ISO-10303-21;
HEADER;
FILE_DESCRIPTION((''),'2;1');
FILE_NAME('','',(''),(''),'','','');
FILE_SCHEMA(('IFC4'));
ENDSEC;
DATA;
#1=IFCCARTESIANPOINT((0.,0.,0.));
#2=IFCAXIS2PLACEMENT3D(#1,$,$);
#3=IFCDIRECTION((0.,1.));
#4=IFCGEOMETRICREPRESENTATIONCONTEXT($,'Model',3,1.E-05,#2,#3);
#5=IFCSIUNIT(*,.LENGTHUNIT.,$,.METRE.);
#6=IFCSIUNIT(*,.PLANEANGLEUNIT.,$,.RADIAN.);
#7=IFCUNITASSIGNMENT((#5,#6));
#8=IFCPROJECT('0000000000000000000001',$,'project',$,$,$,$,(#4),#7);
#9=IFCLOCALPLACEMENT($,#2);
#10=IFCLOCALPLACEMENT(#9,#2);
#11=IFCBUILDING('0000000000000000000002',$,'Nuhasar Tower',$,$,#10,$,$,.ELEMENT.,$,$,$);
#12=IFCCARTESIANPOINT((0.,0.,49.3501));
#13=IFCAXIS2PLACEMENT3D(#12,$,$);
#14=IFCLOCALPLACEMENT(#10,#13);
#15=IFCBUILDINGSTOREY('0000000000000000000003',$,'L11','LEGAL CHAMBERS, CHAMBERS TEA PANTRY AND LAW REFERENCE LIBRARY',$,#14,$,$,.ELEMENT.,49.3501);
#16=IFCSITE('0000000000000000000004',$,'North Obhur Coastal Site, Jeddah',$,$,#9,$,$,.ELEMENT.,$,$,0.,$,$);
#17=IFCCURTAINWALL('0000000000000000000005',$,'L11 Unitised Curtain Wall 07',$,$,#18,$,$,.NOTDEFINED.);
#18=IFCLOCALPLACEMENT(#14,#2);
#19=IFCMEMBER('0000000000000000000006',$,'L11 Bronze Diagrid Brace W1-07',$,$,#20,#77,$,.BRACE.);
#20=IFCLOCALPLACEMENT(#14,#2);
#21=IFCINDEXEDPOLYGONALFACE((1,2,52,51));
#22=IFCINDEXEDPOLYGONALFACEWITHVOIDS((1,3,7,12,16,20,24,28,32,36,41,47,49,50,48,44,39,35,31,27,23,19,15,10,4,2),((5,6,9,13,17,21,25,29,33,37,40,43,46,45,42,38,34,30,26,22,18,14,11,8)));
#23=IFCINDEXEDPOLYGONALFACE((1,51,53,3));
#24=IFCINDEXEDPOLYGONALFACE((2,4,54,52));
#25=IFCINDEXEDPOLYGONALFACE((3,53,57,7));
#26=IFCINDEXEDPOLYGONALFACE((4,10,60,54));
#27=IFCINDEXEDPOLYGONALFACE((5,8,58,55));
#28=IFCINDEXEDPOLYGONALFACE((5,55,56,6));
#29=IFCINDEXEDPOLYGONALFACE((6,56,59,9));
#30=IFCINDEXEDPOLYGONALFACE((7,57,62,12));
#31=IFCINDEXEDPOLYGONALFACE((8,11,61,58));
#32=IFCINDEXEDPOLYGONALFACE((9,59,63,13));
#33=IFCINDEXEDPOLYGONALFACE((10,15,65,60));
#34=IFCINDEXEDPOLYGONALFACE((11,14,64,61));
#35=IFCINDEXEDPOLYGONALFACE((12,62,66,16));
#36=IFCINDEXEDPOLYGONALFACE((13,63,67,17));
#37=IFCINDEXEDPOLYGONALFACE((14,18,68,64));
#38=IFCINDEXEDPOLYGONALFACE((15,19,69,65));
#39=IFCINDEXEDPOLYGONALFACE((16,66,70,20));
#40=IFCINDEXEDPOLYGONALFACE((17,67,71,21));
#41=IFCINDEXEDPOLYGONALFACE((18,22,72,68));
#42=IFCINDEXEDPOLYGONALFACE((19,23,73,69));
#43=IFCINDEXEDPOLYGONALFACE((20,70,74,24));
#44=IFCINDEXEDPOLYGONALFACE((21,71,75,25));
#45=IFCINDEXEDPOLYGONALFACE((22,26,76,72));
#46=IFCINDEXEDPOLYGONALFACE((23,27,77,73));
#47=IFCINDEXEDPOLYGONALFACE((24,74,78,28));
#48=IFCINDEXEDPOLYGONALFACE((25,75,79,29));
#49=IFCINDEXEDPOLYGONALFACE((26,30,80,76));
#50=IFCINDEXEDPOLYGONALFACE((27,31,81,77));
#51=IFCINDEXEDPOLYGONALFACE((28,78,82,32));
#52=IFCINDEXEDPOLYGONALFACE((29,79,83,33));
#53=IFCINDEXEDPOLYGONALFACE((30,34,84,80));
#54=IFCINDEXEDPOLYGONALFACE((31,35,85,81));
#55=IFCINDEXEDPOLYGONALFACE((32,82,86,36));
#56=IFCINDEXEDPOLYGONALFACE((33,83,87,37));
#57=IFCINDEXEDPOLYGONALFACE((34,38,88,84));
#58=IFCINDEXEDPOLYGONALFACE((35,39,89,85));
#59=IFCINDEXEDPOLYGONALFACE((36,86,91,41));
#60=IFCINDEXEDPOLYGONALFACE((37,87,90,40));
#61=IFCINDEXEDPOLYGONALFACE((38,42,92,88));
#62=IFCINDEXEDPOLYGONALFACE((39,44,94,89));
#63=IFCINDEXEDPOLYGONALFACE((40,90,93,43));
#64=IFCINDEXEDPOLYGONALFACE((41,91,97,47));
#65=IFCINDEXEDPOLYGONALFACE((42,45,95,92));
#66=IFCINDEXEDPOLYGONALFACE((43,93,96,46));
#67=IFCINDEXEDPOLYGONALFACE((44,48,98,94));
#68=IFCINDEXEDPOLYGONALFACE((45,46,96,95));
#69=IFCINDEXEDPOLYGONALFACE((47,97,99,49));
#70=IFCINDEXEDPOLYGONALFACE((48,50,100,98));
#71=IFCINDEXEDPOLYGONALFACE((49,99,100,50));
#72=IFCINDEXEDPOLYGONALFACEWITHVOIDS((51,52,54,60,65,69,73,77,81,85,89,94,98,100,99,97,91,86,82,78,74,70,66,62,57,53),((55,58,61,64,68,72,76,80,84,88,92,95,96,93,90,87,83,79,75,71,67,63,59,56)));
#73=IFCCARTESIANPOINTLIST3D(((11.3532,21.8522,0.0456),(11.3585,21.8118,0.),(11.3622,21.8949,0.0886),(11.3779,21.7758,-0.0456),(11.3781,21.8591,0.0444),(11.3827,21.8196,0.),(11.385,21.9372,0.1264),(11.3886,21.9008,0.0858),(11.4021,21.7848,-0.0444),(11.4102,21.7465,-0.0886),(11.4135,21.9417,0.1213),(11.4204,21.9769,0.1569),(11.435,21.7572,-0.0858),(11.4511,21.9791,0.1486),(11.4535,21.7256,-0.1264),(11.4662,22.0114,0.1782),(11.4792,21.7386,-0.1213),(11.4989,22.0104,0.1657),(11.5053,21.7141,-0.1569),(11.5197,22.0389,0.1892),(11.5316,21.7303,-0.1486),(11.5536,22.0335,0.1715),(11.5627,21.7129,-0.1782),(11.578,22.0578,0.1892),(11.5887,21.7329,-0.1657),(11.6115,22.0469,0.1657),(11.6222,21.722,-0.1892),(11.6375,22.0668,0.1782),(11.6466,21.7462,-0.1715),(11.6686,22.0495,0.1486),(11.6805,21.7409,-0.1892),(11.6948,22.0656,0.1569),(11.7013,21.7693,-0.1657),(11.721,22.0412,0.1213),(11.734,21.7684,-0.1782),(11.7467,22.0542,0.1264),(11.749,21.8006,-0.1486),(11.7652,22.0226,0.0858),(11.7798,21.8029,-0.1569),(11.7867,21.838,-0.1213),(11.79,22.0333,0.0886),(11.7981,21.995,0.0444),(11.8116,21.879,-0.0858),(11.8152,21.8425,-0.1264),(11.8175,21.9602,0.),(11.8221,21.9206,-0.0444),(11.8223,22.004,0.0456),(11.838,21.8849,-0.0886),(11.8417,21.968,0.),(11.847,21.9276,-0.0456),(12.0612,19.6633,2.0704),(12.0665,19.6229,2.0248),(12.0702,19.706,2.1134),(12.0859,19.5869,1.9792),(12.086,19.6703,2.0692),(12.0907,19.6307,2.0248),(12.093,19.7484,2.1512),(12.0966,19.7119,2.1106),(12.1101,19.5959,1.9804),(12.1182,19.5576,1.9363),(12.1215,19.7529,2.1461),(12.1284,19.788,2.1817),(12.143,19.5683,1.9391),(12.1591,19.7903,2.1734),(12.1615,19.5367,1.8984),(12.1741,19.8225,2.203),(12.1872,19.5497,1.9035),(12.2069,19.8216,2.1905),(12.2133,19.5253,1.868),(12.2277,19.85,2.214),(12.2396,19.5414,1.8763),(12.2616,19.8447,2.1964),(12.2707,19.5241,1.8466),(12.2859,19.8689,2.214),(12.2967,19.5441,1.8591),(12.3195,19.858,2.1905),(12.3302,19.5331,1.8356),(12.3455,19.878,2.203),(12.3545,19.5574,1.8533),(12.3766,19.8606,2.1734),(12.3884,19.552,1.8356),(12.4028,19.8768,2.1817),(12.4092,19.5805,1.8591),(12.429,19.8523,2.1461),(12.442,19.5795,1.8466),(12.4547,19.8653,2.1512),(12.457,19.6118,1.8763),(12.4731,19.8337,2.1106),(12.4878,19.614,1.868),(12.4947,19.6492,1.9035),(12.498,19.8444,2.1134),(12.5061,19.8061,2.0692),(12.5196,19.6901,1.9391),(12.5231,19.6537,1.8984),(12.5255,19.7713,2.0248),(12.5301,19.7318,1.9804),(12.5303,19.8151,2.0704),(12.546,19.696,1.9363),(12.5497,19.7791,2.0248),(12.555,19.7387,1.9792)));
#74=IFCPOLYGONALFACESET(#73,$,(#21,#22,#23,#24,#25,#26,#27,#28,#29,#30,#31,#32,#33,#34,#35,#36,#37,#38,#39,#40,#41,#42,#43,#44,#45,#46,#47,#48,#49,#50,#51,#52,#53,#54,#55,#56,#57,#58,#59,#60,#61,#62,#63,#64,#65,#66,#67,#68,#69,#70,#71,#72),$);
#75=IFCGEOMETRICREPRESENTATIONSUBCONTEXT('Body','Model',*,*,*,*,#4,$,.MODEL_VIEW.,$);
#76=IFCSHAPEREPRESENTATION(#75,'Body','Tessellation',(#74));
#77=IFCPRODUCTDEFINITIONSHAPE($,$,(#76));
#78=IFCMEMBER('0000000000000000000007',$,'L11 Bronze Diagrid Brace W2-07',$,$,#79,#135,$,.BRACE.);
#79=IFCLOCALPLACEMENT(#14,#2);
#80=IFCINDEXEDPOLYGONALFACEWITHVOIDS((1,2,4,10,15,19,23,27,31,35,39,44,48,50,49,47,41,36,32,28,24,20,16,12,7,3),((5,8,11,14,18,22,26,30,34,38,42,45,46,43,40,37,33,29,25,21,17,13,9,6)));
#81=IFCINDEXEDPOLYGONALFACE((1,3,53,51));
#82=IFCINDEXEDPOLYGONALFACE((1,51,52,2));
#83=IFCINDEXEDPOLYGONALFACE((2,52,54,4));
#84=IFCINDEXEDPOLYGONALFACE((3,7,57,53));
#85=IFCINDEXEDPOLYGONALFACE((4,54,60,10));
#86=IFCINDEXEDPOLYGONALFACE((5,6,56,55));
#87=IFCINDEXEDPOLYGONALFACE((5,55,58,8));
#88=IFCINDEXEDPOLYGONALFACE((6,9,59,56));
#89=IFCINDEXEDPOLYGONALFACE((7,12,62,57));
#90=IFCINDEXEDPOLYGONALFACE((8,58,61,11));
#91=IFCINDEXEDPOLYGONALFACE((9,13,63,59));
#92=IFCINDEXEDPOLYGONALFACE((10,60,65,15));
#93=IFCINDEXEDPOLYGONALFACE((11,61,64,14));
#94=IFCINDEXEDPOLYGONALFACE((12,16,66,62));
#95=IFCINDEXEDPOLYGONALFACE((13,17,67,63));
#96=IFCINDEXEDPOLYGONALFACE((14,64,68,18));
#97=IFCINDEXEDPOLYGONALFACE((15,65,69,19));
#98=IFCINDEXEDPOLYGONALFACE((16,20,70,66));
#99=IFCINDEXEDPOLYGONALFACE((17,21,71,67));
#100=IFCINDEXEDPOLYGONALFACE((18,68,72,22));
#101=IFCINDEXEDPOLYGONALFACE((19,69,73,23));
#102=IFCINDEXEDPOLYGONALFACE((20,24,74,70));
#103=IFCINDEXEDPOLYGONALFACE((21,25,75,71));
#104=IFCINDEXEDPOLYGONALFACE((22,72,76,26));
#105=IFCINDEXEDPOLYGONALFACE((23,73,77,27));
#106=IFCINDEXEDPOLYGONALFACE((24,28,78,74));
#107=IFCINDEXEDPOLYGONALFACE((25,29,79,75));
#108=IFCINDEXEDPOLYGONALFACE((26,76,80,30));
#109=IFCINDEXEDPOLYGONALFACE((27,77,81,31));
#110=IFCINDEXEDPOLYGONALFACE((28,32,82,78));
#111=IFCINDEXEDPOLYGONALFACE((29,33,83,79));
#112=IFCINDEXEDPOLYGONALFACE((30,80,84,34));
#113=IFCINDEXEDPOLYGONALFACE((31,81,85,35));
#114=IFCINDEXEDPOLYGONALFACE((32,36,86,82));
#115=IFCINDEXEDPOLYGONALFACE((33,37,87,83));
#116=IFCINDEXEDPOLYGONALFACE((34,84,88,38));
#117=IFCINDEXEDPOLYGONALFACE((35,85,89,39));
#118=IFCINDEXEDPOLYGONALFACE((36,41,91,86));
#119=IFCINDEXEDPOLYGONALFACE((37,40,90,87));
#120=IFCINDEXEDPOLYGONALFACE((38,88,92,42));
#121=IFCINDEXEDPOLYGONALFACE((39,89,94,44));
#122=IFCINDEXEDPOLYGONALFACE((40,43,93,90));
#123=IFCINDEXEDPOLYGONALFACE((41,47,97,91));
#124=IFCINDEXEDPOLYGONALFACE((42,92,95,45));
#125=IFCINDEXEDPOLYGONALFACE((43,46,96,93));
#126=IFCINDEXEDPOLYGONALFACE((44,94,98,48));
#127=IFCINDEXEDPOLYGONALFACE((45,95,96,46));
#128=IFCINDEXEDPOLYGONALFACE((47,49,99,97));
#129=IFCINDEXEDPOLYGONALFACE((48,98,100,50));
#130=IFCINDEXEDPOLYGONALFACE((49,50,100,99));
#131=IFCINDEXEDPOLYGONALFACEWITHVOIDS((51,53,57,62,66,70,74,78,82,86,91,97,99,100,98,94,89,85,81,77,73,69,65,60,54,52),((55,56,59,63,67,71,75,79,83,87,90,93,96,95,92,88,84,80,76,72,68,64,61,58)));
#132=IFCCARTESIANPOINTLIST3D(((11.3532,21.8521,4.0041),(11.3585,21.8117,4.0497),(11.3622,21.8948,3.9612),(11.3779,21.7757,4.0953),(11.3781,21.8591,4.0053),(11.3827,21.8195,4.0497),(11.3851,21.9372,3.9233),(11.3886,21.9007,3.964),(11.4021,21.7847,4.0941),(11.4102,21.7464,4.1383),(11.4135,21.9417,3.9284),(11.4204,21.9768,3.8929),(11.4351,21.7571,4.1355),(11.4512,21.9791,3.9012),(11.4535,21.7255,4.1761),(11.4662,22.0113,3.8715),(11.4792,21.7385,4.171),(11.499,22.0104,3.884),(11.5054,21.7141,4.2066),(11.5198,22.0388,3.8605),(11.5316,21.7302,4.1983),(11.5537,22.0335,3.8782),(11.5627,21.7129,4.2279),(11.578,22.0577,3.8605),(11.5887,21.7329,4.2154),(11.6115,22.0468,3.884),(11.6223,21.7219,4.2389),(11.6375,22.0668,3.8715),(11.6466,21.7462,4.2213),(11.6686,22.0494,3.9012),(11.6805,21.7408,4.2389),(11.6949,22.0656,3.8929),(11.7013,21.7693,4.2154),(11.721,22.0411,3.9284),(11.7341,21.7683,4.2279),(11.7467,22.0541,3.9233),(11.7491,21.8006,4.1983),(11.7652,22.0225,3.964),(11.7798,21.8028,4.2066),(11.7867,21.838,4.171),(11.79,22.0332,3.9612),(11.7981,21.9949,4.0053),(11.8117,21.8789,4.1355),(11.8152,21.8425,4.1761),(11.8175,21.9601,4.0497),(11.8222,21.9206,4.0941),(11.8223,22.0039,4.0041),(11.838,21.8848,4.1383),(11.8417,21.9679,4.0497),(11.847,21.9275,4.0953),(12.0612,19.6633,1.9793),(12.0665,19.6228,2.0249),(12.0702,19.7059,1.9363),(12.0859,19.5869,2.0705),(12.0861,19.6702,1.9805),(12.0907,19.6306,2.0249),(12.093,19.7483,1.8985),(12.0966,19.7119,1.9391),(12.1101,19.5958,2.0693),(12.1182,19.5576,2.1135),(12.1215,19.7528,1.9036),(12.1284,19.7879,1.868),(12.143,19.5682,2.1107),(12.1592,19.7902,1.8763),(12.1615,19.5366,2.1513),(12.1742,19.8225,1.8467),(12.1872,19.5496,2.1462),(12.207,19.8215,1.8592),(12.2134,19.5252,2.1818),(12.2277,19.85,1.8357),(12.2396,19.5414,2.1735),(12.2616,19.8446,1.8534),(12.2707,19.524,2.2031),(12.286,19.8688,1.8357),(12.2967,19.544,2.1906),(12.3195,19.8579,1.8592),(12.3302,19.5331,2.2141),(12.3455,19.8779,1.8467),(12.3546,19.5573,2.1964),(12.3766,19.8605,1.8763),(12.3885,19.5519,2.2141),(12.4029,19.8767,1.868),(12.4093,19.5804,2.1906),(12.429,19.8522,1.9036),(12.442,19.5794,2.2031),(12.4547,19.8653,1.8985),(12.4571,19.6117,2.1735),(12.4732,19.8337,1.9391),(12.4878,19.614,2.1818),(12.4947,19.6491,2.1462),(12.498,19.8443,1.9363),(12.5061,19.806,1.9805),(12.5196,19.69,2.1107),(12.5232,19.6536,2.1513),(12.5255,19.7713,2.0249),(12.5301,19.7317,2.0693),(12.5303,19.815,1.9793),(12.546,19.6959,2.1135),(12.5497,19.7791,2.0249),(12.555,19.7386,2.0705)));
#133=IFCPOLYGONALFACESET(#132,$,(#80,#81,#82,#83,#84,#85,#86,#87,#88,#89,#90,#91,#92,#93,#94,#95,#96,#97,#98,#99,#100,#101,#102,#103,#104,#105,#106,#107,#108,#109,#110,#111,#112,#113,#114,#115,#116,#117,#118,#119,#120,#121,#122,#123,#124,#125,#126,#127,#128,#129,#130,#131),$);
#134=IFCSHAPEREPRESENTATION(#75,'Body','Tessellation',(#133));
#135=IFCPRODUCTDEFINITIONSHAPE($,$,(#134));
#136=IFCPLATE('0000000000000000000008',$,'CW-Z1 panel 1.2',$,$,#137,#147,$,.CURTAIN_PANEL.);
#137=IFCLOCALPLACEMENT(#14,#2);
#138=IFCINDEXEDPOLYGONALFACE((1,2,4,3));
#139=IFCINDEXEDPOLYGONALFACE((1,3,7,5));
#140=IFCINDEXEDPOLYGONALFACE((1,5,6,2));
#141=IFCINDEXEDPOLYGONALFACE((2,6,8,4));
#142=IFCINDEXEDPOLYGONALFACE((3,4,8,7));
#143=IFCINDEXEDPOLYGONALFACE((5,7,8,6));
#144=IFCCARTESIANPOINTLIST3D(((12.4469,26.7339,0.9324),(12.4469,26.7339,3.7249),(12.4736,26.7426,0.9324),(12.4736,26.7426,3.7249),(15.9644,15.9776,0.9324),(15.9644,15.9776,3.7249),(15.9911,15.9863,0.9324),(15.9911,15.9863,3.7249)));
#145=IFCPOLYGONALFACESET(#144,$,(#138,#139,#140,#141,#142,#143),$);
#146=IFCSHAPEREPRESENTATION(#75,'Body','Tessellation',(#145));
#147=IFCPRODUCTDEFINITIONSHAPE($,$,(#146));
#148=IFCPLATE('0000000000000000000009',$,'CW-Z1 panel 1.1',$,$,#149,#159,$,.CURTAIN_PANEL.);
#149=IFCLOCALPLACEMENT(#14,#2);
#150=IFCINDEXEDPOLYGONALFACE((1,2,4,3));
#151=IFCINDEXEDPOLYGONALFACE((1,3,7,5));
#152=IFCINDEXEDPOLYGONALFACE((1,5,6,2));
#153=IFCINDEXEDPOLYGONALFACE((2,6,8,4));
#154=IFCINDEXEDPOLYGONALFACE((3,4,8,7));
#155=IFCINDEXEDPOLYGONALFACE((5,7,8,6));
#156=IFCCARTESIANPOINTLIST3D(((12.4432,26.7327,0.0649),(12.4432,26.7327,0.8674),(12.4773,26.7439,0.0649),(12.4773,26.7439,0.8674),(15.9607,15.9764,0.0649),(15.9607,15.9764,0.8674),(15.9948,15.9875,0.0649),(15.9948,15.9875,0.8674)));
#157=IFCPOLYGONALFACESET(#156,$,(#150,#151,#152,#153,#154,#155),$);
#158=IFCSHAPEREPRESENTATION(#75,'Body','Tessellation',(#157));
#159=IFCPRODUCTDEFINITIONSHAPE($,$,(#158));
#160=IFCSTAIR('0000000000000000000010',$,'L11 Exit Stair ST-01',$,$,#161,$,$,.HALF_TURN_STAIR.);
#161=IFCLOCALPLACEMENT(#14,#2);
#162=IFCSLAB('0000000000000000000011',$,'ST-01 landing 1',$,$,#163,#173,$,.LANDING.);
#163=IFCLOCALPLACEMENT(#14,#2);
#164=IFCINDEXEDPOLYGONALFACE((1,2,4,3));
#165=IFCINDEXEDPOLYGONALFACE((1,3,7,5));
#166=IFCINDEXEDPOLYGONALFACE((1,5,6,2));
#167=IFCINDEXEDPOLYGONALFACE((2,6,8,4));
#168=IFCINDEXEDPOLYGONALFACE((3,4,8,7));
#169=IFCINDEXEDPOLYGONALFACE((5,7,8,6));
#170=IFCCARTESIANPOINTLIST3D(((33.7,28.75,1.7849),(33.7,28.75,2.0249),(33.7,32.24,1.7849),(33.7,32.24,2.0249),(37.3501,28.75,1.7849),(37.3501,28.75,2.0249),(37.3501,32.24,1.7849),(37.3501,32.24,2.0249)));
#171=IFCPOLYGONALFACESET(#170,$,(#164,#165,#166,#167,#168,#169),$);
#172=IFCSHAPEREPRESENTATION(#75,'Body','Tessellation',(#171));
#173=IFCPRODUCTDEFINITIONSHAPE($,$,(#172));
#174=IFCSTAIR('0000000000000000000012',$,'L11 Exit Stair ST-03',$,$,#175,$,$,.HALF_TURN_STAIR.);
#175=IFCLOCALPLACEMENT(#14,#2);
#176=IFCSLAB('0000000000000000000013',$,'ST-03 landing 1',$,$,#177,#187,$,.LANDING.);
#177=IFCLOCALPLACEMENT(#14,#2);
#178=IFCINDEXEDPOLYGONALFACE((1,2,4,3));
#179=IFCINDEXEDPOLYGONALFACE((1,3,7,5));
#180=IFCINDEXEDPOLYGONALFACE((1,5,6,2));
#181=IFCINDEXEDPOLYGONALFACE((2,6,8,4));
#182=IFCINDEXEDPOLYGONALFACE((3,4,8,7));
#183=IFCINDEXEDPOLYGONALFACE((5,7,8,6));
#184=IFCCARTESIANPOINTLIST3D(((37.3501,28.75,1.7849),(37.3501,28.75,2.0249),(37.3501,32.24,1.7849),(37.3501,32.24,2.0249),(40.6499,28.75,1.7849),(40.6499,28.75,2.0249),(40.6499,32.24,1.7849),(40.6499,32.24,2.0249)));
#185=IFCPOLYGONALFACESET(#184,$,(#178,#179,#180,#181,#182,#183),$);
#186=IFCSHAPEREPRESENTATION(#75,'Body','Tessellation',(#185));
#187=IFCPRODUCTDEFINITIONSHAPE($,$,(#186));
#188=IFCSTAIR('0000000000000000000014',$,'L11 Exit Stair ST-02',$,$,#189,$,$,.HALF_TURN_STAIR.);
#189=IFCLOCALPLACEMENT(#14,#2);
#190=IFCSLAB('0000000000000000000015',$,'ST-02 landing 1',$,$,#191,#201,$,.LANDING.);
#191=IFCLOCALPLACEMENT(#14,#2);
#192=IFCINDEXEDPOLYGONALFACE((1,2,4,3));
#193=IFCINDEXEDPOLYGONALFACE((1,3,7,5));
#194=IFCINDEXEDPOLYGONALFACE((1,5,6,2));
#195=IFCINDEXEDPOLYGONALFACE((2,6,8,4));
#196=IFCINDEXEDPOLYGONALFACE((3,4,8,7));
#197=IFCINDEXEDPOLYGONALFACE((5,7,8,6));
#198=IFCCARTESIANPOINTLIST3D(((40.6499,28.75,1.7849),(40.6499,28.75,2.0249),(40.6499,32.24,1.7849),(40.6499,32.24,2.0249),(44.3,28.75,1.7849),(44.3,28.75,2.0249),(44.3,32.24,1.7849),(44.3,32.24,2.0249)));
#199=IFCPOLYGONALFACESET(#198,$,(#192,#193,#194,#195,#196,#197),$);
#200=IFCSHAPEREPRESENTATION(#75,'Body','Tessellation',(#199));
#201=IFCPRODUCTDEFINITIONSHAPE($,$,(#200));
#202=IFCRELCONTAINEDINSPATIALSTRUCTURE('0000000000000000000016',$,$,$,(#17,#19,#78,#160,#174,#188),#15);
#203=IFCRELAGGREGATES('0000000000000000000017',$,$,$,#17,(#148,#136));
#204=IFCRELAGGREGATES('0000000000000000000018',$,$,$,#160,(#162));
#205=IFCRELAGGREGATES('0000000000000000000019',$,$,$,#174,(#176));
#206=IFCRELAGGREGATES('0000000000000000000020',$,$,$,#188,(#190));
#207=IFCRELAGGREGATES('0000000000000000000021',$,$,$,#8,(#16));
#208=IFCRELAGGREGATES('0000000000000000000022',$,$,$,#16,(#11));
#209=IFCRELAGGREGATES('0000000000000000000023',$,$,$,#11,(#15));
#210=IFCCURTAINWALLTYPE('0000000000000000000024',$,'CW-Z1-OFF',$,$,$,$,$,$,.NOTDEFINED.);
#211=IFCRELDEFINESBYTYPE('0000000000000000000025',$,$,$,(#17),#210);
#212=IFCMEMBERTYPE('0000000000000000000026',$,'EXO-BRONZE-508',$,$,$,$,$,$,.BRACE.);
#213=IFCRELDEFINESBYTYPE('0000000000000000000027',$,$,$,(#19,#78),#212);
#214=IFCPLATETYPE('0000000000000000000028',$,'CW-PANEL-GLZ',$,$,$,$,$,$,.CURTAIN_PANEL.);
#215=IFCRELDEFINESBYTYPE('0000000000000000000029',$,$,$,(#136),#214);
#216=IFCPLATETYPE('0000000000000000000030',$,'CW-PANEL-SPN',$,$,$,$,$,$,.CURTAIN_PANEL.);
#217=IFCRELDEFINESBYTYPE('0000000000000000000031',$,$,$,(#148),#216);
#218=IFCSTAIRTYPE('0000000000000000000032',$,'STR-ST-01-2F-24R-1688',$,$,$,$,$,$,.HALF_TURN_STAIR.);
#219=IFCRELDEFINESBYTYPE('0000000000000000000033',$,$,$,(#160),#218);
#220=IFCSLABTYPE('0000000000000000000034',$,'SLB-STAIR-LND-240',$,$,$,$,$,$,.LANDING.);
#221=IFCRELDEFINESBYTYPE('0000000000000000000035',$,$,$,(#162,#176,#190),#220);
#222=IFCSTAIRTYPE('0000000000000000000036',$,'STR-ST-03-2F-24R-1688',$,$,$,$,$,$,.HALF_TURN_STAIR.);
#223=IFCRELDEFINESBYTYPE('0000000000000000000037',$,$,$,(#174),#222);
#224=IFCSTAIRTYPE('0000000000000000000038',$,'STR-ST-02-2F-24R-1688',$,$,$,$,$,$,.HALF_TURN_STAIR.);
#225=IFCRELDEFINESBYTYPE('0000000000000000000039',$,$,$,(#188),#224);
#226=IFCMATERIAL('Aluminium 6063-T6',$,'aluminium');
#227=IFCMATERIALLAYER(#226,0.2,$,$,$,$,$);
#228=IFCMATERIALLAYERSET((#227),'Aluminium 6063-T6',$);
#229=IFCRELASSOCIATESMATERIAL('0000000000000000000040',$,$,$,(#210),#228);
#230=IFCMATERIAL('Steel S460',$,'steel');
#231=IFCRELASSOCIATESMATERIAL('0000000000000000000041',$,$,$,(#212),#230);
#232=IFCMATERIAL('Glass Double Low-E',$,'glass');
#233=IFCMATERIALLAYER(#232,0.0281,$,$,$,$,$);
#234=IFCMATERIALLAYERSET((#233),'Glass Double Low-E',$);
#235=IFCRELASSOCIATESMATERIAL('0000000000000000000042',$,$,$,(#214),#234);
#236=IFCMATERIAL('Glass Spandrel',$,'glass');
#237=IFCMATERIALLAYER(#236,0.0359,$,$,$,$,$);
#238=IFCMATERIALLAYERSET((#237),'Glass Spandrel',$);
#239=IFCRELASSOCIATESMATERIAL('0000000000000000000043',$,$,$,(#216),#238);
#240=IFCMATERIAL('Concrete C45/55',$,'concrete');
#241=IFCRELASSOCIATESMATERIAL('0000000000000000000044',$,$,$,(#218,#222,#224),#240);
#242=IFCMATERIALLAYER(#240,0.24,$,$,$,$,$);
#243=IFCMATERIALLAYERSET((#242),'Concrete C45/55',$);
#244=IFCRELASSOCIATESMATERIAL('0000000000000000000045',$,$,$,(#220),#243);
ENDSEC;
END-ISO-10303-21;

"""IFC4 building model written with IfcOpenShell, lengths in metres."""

from ifc_helpers import new_model, si_unit, direction, frame, origin, origin_2d, place, context, subcontext, project, spatial, polyline, rectangle, hollow_circle, outline, extrude, material, layer, layer_set, material_profile, profile_set, type_object, element, aggregate, save


model = new_model("IFC4")

# Units and contexts
model_context = context("Model", 3, precision=1e-05, world=origin(), true_north=direction((0.0, 1.0)))
body_context = subcontext(model_context, "Body", "Model", "MODEL_VIEW")
ifc_project = project(units=[si_unit("LENGTHUNIT", "METRE"), si_unit("PLANEANGLEUNIT", "RADIAN")], contexts=[model_context])

# Site, building, storey
site_placement = place(None, origin())
site = spatial("IfcSite", under=ifc_project, at=site_placement, Name="North Obhur Coastal Site, Jeddah", CompositionType="ELEMENT", RefElevation=0.0)
building_placement = place(site_placement, origin())
building = spatial("IfcBuilding", under=site, at=building_placement, Name="Nuhasar Tower", CompositionType="ELEMENT")
storey_placement = place(building_placement, frame((0.0, 0.0, 49.3501)))
storey = spatial("IfcBuildingStorey", under=building, at=storey_placement, Name="L11", Description="LEGAL CHAMBERS, CHAMBERS TEA PANTRY AND LAW REFERENCE LIBRARY", CompositionType="ELEMENT", Elevation=49.3501)

# Curtain wall
ifc_material_1 = material(Name="Aluminium 6063-T6", Category="aluminium")
ifc_layer_1 = layer(ifc_material_1, 0.2)
ifc_layer_set_1 = layer_set([ifc_layer_1], Name="Aluminium 6063-T6")
curtain_wall_type = type_object("IfcCurtainWallType", Name="CW-Z1-OFF", PredefinedType="NOTDEFINED", material=ifc_layer_set_1)
curtain_wall_1_placement = place(storey_placement, origin())
curtain_wall_1 = element("IfcCurtainWall", 1, at=curtain_wall_1_placement, inside=storey, type_object=curtain_wall_type, Name="L11 Unitised Curtain Wall 07", PredefinedType="NOTDEFINED")

# Members
ifc_material_2 = material(Name="Steel S460", Category="steel")
ifc_material_profile_1 = material_profile(ifc_material_2, hollow_circle(Radius=0.2539, WallThickness=0.0254, at=origin_2d()), Name="HSS508X25.4")
ifc_profile_set_1 = profile_set([ifc_material_profile_1], Name="Steel S460")
member_type_1 = type_object("IfcMemberType", Name="EXO-BRONZE-508", PredefinedType="BRACE", material=ifc_profile_set_1)
for number, where, z_axis, x_axis, name in (
    (2, (11.6001, 21.8899, 0.0), (0.231012, -0.714225, 0.660694), (0.951468, 0.307747, 0.0), "L11 Bronze Diagrid Brace W1-07"),
    (3, (12.3081, 19.7009, 2.0249), (-0.231012, 0.714225, 0.660694), (-0.951468, -0.307747, 0.0), "L11 Bronze Diagrid Brace W2-07"),
):
    element("IfcMember", number, at=place(storey_placement, frame(where, z_axis=z_axis, x_axis=x_axis)), inside=storey, type_object=member_type_1, Name=name, PredefinedType="BRACE", context=body_context, shape_type="SweptSolid", body=[
        extrude(hollow_circle(Radius=0.2539, WallThickness=0.0254, at=origin_2d()), origin(), (0.0, 0.0, 1.0), 3.0647),
    ])

# Plates
ifc_material_3 = material(Name="Glass Double Low-E", Category="glass")
ifc_layer_2 = layer(ifc_material_3, 0.0281)
ifc_layer_set_2 = layer_set([ifc_layer_2], Name="Glass Double Low-E")
plate_type_1 = type_object("IfcPlateType", Name="CW-PANEL-GLZ", PredefinedType="CURTAIN_PANEL", material=ifc_layer_set_2)
plate_1_placement = place(storey_placement, frame((14.219, 21.3601, 0.9324), z_axis=(0.0, 0.0, 1.0), x_axis=(0.310824, -0.950468, 0.0)))
plate_1 = element("IfcPlate", 4, at=plate_1_placement, type_object=plate_type_1, Name="CW-Z1 panel 1.2", PredefinedType="CURTAIN_PANEL", context=body_context, shape_type="SweptSolid", body=[
    extrude(rectangle(XDim=11.3169, YDim=0.0281, at=origin_2d()), origin(), (0.0, 0.0, 1.0), 2.7925),
])
ifc_material_4 = material(Name="Glass Spandrel", Category="glass")
ifc_layer_3 = layer(ifc_material_4, 0.0359)
ifc_layer_set_3 = layer_set([ifc_layer_3], Name="Glass Spandrel")
plate_type_2 = type_object("IfcPlateType", Name="CW-PANEL-SPN", PredefinedType="CURTAIN_PANEL", material=ifc_layer_set_3)
plate_2_placement = place(storey_placement, frame((14.219, 21.3601, 0.0649), z_axis=(0.0, 0.0, 1.0), x_axis=(0.310824, -0.950468, 0.0)))
plate_2 = element("IfcPlate", 5, at=plate_2_placement, type_object=plate_type_2, Name="CW-Z1 panel 1.1", PredefinedType="CURTAIN_PANEL", context=body_context, shape_type="SweptSolid", body=[
    extrude(rectangle(XDim=11.3169, YDim=0.0359, at=origin_2d()), origin(), (0.0, 0.0, 1.0), 0.8025),
])
aggregate(curtain_wall_1, [plate_2, plate_1])

# Stairs, slabs
ifc_material_5 = material(Name="Concrete C45/55", Category="concrete")
stair_type_1 = type_object("IfcStairType", Name="STR-ST-01-2F-24R-1688", PredefinedType="HALF_TURN_STAIR", material=ifc_material_5)
stair_1_placement = place(storey_placement, origin())
stair_1 = element("IfcStair", 6, at=stair_1_placement, inside=storey, type_object=stair_type_1, Name="L11 Exit Stair ST-01", PredefinedType="HALF_TURN_STAIR")
ifc_layer_4 = layer(ifc_material_5, 0.24)
ifc_layer_set_4 = layer_set([ifc_layer_4], Name="Concrete C45/55")
slab_type_1 = type_object("IfcSlabType", Name="SLB-STAIR-LND-240", PredefinedType="LANDING", material=ifc_layer_set_4)
slab_1_placement = place(storey_placement, frame((0.0, 0.0, 1.7849)))
slab_1 = element("IfcSlab", 7, at=slab_1_placement, type_object=slab_type_1, Name="ST-01 landing 1", PredefinedType="LANDING", context=body_context, shape_type="SweptSolid", body=[
    extrude(outline(polyline([(33.7, 28.75), (37.3501, 28.75), (37.3501, 32.24), (33.7, 32.24), (33.7, 28.75)])), origin(), (0.0, 0.0, 1.0), 0.24),
])
aggregate(stair_1, [slab_1])
stair_type_2 = type_object("IfcStairType", Name="STR-ST-03-2F-24R-1688", PredefinedType="HALF_TURN_STAIR", material=ifc_material_5)
stair_2_placement = place(storey_placement, origin())
stair_2 = element("IfcStair", 8, at=stair_2_placement, inside=storey, type_object=stair_type_2, Name="L11 Exit Stair ST-03", PredefinedType="HALF_TURN_STAIR")
slab_2_placement = place(storey_placement, frame((0.0, 0.0, 1.7849)))
slab_2 = element("IfcSlab", 9, at=slab_2_placement, type_object=slab_type_1, Name="ST-03 landing 1", PredefinedType="LANDING", context=body_context, shape_type="SweptSolid", body=[
    extrude(outline(polyline([(37.3501, 28.75), (40.6499, 28.75), (40.6499, 32.24), (37.3501, 32.24), (37.3501, 28.75)])), origin(), (0.0, 0.0, 1.0), 0.24),
])
aggregate(stair_2, [slab_2])
stair_type_3 = type_object("IfcStairType", Name="STR-ST-02-2F-24R-1688", PredefinedType="HALF_TURN_STAIR", material=ifc_material_5)
stair_3_placement = place(storey_placement, origin())
stair_3 = element("IfcStair", 10, at=stair_3_placement, inside=storey, type_object=stair_type_3, Name="L11 Exit Stair ST-02", PredefinedType="HALF_TURN_STAIR")
slab_3_placement = place(storey_placement, frame((0.0, 0.0, 1.7849)))
slab_3 = element("IfcSlab", 11, at=slab_3_placement, type_object=slab_type_1, Name="ST-02 landing 1", PredefinedType="LANDING", context=body_context, shape_type="SweptSolid", body=[
    extrude(outline(polyline([(40.6499, 28.75), (44.3, 28.75), (44.3, 32.24), (40.6499, 32.24), (40.6499, 28.75)])), origin(), (0.0, 0.0, 1.0), 0.24),
])
aggregate(stair_3, [slab_3])

save(model, "model.ifc")
